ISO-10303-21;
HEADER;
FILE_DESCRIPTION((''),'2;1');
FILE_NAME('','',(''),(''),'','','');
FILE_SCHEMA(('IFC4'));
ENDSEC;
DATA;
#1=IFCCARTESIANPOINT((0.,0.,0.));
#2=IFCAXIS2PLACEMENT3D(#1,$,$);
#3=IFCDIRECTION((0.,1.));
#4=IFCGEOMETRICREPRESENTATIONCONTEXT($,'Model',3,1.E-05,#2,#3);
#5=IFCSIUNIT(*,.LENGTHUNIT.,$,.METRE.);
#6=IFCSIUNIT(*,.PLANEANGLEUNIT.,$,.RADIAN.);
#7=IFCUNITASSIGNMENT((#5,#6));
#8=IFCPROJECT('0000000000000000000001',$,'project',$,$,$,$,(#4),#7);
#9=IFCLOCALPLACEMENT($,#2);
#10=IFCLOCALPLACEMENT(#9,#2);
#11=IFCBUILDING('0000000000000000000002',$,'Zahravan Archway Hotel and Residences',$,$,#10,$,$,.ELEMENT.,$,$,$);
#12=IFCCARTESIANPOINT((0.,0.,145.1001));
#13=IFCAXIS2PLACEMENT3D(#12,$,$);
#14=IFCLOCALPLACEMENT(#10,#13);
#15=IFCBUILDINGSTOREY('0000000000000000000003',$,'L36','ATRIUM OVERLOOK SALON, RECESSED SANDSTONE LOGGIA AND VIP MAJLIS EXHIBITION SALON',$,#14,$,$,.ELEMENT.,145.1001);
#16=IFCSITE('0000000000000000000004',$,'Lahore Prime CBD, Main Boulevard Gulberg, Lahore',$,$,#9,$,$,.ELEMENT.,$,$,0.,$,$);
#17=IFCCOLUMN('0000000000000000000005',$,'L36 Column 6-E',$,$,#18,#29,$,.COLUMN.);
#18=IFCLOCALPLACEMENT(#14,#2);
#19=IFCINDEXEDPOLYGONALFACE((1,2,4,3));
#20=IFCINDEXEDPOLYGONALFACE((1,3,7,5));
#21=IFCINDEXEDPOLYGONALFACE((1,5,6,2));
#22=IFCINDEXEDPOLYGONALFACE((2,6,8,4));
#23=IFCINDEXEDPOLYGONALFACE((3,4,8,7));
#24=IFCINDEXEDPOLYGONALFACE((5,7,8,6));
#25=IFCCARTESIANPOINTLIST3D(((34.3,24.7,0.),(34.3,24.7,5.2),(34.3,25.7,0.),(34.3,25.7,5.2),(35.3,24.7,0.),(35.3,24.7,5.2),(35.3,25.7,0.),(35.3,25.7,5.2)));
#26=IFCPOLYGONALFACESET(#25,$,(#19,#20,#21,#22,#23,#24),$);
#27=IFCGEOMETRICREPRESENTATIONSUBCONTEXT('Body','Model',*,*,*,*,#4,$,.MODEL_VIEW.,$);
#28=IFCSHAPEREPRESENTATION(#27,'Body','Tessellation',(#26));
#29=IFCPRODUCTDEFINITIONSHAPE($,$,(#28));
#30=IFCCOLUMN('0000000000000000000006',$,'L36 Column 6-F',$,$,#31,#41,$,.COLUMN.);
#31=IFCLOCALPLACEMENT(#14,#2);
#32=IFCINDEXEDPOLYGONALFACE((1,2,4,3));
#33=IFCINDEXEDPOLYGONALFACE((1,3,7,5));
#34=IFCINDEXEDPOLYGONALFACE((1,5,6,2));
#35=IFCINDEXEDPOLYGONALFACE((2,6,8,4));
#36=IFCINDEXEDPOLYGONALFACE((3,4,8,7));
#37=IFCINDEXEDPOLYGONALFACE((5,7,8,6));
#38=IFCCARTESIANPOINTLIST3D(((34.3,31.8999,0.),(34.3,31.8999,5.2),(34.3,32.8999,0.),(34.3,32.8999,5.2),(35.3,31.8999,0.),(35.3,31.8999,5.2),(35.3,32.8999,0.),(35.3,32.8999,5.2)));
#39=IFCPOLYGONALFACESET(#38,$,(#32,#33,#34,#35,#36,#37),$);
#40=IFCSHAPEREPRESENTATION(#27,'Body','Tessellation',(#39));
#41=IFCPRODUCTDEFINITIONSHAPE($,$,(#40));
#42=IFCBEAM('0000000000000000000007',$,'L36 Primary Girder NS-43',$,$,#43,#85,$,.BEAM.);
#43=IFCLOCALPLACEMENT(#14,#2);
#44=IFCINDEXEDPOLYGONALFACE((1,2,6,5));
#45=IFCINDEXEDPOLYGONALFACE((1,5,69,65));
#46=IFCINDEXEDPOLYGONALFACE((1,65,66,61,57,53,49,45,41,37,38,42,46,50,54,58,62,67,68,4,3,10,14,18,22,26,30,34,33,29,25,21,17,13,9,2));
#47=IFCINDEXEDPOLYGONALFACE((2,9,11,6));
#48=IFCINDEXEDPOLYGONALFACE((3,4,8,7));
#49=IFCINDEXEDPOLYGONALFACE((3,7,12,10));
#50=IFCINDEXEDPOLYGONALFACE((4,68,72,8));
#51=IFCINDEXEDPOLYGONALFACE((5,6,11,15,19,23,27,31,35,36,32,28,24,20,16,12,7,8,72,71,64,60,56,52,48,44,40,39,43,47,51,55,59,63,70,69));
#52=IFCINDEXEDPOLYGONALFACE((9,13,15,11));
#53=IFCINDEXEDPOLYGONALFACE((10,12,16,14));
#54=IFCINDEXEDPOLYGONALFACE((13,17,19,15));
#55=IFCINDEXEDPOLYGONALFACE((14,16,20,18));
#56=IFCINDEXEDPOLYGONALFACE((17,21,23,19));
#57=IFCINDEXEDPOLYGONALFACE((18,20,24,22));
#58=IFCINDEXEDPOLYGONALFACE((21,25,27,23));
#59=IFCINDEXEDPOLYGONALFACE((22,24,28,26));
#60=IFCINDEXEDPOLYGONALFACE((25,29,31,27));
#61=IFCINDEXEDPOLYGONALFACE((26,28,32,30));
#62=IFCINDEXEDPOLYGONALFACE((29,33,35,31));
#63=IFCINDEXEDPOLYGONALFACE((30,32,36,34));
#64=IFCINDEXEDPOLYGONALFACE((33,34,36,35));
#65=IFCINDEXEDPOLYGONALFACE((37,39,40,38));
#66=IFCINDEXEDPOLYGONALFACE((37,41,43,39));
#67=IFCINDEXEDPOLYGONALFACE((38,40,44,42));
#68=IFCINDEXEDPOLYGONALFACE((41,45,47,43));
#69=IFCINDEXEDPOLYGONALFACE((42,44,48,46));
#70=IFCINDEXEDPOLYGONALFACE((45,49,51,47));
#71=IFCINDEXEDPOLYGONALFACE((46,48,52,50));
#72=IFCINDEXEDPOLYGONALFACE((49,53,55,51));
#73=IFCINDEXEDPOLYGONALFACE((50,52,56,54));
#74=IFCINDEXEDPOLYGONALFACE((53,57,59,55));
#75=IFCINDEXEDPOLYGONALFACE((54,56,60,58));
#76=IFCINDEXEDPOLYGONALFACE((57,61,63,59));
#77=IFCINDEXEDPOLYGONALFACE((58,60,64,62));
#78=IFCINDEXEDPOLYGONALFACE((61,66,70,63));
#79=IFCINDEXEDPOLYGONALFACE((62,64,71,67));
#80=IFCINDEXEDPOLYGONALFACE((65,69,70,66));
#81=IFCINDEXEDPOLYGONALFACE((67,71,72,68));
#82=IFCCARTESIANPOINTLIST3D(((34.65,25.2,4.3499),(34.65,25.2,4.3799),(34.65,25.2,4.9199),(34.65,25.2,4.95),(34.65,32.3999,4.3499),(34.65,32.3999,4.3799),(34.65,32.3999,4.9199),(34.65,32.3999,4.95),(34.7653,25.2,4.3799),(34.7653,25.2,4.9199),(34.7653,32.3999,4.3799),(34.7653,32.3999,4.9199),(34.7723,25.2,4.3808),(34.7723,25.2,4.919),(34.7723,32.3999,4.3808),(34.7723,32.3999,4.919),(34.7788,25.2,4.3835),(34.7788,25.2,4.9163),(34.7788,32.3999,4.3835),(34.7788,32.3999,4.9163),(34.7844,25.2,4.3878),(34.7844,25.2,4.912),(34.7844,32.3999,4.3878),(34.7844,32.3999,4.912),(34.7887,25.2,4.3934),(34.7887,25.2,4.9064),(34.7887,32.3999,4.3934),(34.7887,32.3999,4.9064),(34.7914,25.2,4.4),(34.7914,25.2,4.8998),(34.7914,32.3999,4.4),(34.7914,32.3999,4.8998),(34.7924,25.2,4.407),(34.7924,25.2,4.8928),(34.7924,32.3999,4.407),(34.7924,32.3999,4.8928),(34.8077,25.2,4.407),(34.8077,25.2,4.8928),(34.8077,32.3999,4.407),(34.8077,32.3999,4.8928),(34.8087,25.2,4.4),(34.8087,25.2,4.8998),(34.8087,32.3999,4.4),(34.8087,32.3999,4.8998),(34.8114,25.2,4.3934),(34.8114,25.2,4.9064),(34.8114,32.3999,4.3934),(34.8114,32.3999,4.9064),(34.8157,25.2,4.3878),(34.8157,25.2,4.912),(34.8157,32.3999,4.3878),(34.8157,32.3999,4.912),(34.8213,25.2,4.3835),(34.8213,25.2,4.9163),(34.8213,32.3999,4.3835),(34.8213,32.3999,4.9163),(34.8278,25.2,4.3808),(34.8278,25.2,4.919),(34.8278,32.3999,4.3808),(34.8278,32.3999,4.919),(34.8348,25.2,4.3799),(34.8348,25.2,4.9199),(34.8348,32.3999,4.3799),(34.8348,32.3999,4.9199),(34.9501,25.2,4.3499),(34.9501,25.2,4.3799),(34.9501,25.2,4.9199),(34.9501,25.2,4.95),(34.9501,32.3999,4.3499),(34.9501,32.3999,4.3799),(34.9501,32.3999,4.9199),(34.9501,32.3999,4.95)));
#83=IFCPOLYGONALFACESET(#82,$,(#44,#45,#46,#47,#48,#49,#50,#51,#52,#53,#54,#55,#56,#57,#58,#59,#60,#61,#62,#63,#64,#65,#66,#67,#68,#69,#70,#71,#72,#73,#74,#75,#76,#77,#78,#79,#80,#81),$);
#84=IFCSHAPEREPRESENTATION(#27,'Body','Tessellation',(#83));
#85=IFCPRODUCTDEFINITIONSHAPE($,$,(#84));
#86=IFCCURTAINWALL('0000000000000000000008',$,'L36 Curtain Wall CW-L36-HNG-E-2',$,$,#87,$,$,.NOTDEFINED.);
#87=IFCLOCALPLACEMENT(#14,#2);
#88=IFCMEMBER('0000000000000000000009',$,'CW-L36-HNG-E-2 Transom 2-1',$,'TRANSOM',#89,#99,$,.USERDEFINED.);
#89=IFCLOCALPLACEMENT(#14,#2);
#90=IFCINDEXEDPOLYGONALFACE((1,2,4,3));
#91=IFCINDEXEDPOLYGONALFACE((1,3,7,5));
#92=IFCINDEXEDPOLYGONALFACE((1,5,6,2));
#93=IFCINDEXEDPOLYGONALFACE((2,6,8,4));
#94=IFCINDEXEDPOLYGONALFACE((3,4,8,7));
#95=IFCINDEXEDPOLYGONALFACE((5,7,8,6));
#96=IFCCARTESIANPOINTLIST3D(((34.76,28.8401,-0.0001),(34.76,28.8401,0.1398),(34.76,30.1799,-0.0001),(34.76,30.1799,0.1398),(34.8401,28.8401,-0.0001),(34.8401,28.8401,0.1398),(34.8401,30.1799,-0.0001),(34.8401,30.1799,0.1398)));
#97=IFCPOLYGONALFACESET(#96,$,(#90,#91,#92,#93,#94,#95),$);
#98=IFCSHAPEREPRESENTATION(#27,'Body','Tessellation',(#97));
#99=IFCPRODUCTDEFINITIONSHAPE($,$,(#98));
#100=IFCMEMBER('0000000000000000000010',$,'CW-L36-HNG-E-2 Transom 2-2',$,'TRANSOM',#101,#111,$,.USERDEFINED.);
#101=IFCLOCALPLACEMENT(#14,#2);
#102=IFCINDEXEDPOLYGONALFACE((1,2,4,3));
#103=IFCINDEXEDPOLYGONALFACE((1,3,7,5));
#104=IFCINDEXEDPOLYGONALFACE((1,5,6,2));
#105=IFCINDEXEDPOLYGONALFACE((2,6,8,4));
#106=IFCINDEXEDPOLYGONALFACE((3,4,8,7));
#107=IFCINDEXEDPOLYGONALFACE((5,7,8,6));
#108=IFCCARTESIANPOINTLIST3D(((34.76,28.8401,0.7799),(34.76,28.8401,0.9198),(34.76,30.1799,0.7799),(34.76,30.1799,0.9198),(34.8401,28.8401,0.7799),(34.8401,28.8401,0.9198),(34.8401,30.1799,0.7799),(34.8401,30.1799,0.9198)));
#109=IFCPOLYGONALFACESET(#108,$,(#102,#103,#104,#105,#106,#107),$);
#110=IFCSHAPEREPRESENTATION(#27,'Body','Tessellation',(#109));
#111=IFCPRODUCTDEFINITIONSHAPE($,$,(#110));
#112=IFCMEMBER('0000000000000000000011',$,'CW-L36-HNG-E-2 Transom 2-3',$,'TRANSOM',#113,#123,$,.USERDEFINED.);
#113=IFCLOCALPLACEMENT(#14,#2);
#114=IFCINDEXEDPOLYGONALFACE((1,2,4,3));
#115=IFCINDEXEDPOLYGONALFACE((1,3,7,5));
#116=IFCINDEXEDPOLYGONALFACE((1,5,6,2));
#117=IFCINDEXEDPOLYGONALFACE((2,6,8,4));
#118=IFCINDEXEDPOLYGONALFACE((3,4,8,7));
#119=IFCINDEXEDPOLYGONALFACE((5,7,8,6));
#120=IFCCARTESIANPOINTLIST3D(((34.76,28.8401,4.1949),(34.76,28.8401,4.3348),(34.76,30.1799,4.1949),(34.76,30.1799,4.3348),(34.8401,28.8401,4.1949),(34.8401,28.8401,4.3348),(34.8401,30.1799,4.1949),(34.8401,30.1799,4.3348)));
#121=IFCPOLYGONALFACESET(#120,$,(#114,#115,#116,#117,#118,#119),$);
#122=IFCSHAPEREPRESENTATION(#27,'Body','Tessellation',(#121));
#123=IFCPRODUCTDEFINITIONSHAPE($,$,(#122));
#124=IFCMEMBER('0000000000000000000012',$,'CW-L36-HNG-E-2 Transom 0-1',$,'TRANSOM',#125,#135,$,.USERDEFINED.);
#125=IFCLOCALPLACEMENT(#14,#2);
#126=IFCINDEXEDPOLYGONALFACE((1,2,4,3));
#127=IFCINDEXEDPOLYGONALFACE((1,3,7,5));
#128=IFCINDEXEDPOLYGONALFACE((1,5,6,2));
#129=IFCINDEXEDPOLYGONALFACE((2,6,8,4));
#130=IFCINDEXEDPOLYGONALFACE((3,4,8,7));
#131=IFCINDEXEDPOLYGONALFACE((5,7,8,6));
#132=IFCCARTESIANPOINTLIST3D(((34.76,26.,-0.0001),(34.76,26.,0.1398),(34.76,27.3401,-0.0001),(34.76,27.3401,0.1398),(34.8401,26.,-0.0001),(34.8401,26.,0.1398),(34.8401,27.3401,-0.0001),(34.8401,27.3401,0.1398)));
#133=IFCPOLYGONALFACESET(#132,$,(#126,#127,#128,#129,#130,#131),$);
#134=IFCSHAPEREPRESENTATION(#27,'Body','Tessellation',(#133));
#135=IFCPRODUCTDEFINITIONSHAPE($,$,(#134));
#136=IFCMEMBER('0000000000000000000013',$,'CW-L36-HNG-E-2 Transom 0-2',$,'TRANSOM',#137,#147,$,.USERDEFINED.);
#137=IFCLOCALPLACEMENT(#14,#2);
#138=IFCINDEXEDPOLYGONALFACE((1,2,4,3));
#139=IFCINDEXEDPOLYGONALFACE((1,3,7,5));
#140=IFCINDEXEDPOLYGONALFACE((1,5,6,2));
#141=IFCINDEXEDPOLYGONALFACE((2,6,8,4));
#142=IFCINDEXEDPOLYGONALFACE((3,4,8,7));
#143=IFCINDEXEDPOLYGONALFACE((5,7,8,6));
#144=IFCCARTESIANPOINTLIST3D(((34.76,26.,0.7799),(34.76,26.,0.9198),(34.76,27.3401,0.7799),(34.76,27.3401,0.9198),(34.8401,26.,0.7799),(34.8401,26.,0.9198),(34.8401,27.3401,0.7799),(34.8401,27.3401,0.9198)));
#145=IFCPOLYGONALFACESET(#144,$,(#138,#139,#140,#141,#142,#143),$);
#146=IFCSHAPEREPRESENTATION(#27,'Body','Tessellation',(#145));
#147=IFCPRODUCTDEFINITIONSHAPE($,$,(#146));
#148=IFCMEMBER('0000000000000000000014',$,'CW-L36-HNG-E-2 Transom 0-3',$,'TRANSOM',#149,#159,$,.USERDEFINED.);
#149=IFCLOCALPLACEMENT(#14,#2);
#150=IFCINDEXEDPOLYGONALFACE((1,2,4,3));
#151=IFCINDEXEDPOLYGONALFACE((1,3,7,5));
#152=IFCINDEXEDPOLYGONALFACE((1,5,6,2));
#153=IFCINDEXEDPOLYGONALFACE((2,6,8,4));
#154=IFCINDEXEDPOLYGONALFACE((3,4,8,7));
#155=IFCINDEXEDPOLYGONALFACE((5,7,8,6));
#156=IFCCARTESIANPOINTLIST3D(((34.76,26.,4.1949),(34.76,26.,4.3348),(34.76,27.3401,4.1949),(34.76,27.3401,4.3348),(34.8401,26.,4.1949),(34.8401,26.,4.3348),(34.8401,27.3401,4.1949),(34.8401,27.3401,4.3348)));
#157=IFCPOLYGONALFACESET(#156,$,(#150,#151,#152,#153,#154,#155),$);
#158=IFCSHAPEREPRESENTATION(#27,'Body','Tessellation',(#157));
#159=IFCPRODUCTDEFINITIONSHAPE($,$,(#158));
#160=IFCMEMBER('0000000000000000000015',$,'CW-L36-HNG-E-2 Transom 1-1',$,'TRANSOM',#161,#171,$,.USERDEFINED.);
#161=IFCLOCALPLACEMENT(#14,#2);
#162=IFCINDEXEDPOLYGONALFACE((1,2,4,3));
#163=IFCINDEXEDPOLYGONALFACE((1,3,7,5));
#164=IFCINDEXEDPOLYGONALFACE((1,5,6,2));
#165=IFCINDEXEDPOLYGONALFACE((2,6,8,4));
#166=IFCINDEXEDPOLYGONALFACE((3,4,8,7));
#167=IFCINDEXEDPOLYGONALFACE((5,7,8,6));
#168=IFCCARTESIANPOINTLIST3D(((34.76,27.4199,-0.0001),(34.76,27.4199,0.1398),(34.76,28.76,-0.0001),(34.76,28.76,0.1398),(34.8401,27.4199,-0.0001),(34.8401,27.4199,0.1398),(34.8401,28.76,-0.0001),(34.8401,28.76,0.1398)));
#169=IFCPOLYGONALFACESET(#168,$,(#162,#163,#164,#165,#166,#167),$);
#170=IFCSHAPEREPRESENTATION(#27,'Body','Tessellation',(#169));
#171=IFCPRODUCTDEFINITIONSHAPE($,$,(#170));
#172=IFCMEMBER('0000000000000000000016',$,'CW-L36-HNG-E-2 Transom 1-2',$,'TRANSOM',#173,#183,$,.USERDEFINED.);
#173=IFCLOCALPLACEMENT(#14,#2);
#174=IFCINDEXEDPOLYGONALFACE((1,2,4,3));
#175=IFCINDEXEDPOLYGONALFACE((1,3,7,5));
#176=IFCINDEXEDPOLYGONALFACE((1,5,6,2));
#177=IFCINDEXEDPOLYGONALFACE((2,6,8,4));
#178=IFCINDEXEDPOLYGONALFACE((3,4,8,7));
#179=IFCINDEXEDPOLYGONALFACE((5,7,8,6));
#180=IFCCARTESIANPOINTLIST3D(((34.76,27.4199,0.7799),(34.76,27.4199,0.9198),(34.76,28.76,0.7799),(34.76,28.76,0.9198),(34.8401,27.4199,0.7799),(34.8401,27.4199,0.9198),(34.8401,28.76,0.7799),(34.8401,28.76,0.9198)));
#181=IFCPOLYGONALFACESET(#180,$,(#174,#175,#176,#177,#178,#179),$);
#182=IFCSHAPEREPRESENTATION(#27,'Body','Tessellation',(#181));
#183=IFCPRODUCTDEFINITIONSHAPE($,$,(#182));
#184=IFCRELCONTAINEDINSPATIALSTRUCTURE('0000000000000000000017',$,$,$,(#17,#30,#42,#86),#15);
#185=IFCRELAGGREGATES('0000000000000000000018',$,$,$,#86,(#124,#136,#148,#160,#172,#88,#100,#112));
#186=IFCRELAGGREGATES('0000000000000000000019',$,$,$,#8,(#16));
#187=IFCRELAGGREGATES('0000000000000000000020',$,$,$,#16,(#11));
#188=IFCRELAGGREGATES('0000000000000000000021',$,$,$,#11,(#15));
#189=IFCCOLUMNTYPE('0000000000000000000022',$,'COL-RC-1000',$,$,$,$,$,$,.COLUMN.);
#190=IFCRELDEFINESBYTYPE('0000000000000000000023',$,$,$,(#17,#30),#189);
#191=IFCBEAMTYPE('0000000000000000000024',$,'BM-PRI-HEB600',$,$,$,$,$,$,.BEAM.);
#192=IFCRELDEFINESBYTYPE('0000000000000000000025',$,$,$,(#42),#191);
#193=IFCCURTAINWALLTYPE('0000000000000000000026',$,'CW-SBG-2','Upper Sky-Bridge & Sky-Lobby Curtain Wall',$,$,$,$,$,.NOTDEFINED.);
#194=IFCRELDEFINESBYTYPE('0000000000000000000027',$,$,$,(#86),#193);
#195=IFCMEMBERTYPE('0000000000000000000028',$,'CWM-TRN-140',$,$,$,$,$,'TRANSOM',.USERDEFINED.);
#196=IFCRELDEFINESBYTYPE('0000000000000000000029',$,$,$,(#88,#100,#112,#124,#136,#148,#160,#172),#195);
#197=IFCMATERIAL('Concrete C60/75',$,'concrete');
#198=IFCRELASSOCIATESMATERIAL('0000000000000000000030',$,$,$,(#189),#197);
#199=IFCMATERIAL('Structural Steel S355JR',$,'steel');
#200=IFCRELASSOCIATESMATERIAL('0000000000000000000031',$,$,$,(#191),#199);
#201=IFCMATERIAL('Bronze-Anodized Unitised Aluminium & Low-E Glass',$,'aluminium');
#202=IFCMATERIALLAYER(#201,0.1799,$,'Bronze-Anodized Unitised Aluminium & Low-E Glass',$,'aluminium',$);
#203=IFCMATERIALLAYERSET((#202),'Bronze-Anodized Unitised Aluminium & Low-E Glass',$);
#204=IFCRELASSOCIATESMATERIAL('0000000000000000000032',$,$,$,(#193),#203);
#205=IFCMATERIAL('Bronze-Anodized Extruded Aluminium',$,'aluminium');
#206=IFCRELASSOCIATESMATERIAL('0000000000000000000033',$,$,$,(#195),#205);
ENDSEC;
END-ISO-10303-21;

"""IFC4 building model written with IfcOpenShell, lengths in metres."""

from ifc_helpers import new_model, si_unit, direction, frame, origin, origin_2d, place, context, subcontext, project, spatial, rectangle, i_section, extrude, source, transform, mapped, material, layer, layer_set, material_profile, profile_set, type_object, element, aggregate, save


model = new_model("IFC4")

# Units and contexts
model_context = context("Model", 3, precision=1e-05, world=origin(), true_north=direction((0.0, 1.0)))
body_context = subcontext(model_context, "Body", "Model", "MODEL_VIEW")
ifc_project = project(units=[si_unit("LENGTHUNIT", "METRE"), si_unit("PLANEANGLEUNIT", "RADIAN")], contexts=[model_context])

# Site, building, storey
site_placement = place(None, origin())
site = spatial("IfcSite", under=ifc_project, at=site_placement, Name="Lahore Prime CBD, Main Boulevard Gulberg, Lahore", CompositionType="ELEMENT", RefElevation=0.0)
building_placement = place(site_placement, origin())
building = spatial("IfcBuilding", under=site, at=building_placement, Name="Zahravan Archway Hotel and Residences", CompositionType="ELEMENT")
storey_placement = place(building_placement, frame((0.0, 0.0, 145.1001)))
storey = spatial("IfcBuildingStorey", under=building, at=storey_placement, Name="L36", Description="ATRIUM OVERLOOK SALON, RECESSED SANDSTONE LOGGIA AND VIP MAJLIS EXHIBITION SALON", CompositionType="ELEMENT", Elevation=145.1001)

# Columns
ifc_material_1 = material(Name="Concrete C60/75", Category="concrete")
ifc_material_profile_1 = material_profile(ifc_material_1, rectangle(XDim=1.0, YDim=1.0, at=origin_2d()), Name="RC-COL-1000x1000", Category="concrete")
ifc_profile_set_1 = profile_set([ifc_material_profile_1], Name="Concrete C60/75")
column_type = type_object("IfcColumnType", Name="COL-RC-1000", PredefinedType="COLUMN", material=ifc_profile_set_1)
shared_shape_1 = source(origin(), body_context, "Body", "SweptSolid", [
    extrude(rectangle(XDim=1.0, YDim=1.0, at=origin_2d()), origin(), (0.0, 0.0, 1.0), 5.2),
])
for number, where, z_axis, x_axis, name in (
    (1, (34.8, 25.2, 0.0), (0.0, 0.0, 1.0), (1.0, 0.0, 0.0), "L36 Column 6-E"),
    (2, (34.8, 32.3999, 0.0), (0.0, 0.0, 1.0), (1.0, 0.0, 0.0), "L36 Column 6-F"),
):
    element("IfcColumn", number, at=place(storey_placement, frame(where, z_axis=z_axis, x_axis=x_axis)), inside=storey, type_object=column_type, Name=name, PredefinedType="COLUMN", context=body_context, shape_type="MappedRepresentation", body=[
        mapped(shared_shape_1, transform((0.0, 0.0, 0.0), scale=1.0)),
    ])

# Beam
ifc_material_2 = material(Name="Structural Steel S355JR", Category="steel")
ifc_material_profile_2 = material_profile(ifc_material_2, i_section(OverallWidth=0.3, OverallDepth=0.6001, WebThickness=0.0154, FlangeThickness=0.03, FilletRadius=0.0271, at=origin_2d()), Name="HEB 600", Category="steel")
ifc_profile_set_2 = profile_set([ifc_material_profile_2], Name="Structural Steel S355JR")
beam_type = type_object("IfcBeamType", Name="BM-PRI-HEB600", PredefinedType="BEAM", material=ifc_profile_set_2)
shared_shape_2 = source(origin(), body_context, "Body", "SweptSolid", [
    extrude(i_section(OverallWidth=0.3, OverallDepth=0.6001, WebThickness=0.0154, FlangeThickness=0.03, FilletRadius=0.0271, at=origin_2d()), origin(), (0.0, 0.0, 1.0), 7.2),
])
beam_placement = place(storey_placement, frame((34.8, 25.2, 4.6499), z_axis=(0.0, 1.0, 0.0), x_axis=(-1.0, 0.0, 0.0)))
element("IfcBeam", 3, at=beam_placement, inside=storey, type_object=beam_type, Name="L36 Primary Girder NS-43", PredefinedType="BEAM", context=body_context, shape_type="MappedRepresentation", body=[
    mapped(shared_shape_2, transform((0.0, 0.0, 0.0), scale=1.0)),
])

# Curtain wall, members
ifc_material_3 = material(Name="Bronze-Anodized Unitised Aluminium & Low-E Glass", Category="aluminium")
ifc_layer_1 = layer(ifc_material_3, 0.1799, Name="Bronze-Anodized Unitised Aluminium & Low-E Glass", Category="aluminium")
ifc_layer_set_1 = layer_set([ifc_layer_1], Name="Bronze-Anodized Unitised Aluminium & Low-E Glass")
curtain_wall_type = type_object("IfcCurtainWallType", Name="CW-SBG-2", Description="Upper Sky-Bridge & Sky-Lobby Curtain Wall", PredefinedType="NOTDEFINED", material=ifc_layer_set_1)
curtain_wall_1_placement = place(storey_placement, origin())
curtain_wall_1 = element("IfcCurtainWall", 4, at=curtain_wall_1_placement, inside=storey, type_object=curtain_wall_type, Name="L36 Curtain Wall CW-L36-HNG-E-2", PredefinedType="NOTDEFINED")
ifc_material_4 = material(Name="Bronze-Anodized Extruded Aluminium", Category="aluminium")
ifc_material_profile_3 = material_profile(ifc_material_4, rectangle(XDim=0.0801, YDim=0.1399, at=origin_2d()), Name="TRN 80x140", Category="aluminium")
ifc_profile_set_3 = profile_set([ifc_material_profile_3], Name="Bronze-Anodized Extruded Aluminium")
member_type_1 = type_object("IfcMemberType", Name="CWM-TRN-140", ElementType="TRANSOM", PredefinedType="USERDEFINED", material=ifc_profile_set_3)
shared_shape_3 = source(origin(), body_context, "Body", "SweptSolid", [
    extrude(rectangle(XDim=0.0801, YDim=0.1399, at=origin_2d()), origin(), (0.0, 0.0, 1.0), 1.3398),
])
member_1_placement = place(storey_placement, frame((34.8, 28.8401, 0.0698), z_axis=(0.0, 1.0, 0.0), x_axis=(-1.0, 0.0, 0.0)))
member_1 = element("IfcMember", 5, at=member_1_placement, type_object=member_type_1, Name="CW-L36-HNG-E-2 Transom 2-1", ObjectType="TRANSOM", PredefinedType="USERDEFINED", context=body_context, shape_type="MappedRepresentation", body=[
    mapped(shared_shape_3, transform((0.0, 0.0, 0.0), scale=1.0)),
])
member_2_placement = place(storey_placement, frame((34.8, 28.8401, 0.8499), z_axis=(0.0, 1.0, 0.0), x_axis=(-1.0, 0.0, 0.0)))
member_2 = element("IfcMember", 6, at=member_2_placement, type_object=member_type_1, Name="CW-L36-HNG-E-2 Transom 2-2", ObjectType="TRANSOM", PredefinedType="USERDEFINED", context=body_context, shape_type="MappedRepresentation", body=[
    mapped(shared_shape_3, transform((0.0, 0.0, 0.0), scale=1.0)),
])
member_3_placement = place(storey_placement, frame((34.8, 28.8401, 4.2649), z_axis=(0.0, 1.0, 0.0), x_axis=(-1.0, 0.0, 0.0)))
member_3 = element("IfcMember", 7, at=member_3_placement, type_object=member_type_1, Name="CW-L36-HNG-E-2 Transom 2-3", ObjectType="TRANSOM", PredefinedType="USERDEFINED", context=body_context, shape_type="MappedRepresentation", body=[
    mapped(shared_shape_3, transform((0.0, 0.0, 0.0), scale=1.0)),
])
shared_shape_4 = source(origin(), body_context, "Body", "SweptSolid", [
    extrude(rectangle(XDim=0.0801, YDim=0.1399, at=origin_2d()), origin(), (0.0, 0.0, 1.0), 1.3401),
])
member_4_placement = place(storey_placement, frame((34.8, 26.0, 0.0698), z_axis=(0.0, 1.0, 0.0), x_axis=(-1.0, 0.0, 0.0)))
member_4 = element("IfcMember", 8, at=member_4_placement, type_object=member_type_1, Name="CW-L36-HNG-E-2 Transom 0-1", ObjectType="TRANSOM", PredefinedType="USERDEFINED", context=body_context, shape_type="MappedRepresentation", body=[
    mapped(shared_shape_4, transform((0.0, 0.0, 0.0), scale=1.0)),
])
member_5_placement = place(storey_placement, frame((34.8, 26.0, 0.8499), z_axis=(0.0, 1.0, 0.0), x_axis=(-1.0, 0.0, 0.0)))
member_5 = element("IfcMember", 9, at=member_5_placement, type_object=member_type_1, Name="CW-L36-HNG-E-2 Transom 0-2", ObjectType="TRANSOM", PredefinedType="USERDEFINED", context=body_context, shape_type="MappedRepresentation", body=[
    mapped(shared_shape_4, transform((0.0, 0.0, 0.0), scale=1.0)),
])
member_6_placement = place(storey_placement, frame((34.8, 26.0, 4.2649), z_axis=(0.0, 1.0, 0.0), x_axis=(-1.0, 0.0, 0.0)))
member_6 = element("IfcMember", 10, at=member_6_placement, type_object=member_type_1, Name="CW-L36-HNG-E-2 Transom 0-3", ObjectType="TRANSOM", PredefinedType="USERDEFINED", context=body_context, shape_type="MappedRepresentation", body=[
    mapped(shared_shape_4, transform((0.0, 0.0, 0.0), scale=1.0)),
])
member_7_placement = place(storey_placement, frame((34.8, 27.4199, 0.0698), z_axis=(0.0, 1.0, 0.0), x_axis=(-1.0, 0.0, 0.0)))
member_7 = element("IfcMember", 11, at=member_7_placement, type_object=member_type_1, Name="CW-L36-HNG-E-2 Transom 1-1", ObjectType="TRANSOM", PredefinedType="USERDEFINED", context=body_context, shape_type="MappedRepresentation", body=[
    mapped(shared_shape_4, transform((0.0, 0.0, 0.0), scale=1.0)),
])
member_8_placement = place(storey_placement, frame((34.8, 27.4199, 0.8499), z_axis=(0.0, 1.0, 0.0), x_axis=(-1.0, 0.0, 0.0)))
member_8 = element("IfcMember", 12, at=member_8_placement, type_object=member_type_1, Name="CW-L36-HNG-E-2 Transom 1-2", ObjectType="TRANSOM", PredefinedType="USERDEFINED", context=body_context, shape_type="MappedRepresentation", body=[
    mapped(shared_shape_4, transform((0.0, 0.0, 0.0), scale=1.0)),
])

aggregate(curtain_wall_1, [member_4, member_5, member_6, member_7, member_8, member_1, member_2, member_3])

save(model, "model.ifc")
